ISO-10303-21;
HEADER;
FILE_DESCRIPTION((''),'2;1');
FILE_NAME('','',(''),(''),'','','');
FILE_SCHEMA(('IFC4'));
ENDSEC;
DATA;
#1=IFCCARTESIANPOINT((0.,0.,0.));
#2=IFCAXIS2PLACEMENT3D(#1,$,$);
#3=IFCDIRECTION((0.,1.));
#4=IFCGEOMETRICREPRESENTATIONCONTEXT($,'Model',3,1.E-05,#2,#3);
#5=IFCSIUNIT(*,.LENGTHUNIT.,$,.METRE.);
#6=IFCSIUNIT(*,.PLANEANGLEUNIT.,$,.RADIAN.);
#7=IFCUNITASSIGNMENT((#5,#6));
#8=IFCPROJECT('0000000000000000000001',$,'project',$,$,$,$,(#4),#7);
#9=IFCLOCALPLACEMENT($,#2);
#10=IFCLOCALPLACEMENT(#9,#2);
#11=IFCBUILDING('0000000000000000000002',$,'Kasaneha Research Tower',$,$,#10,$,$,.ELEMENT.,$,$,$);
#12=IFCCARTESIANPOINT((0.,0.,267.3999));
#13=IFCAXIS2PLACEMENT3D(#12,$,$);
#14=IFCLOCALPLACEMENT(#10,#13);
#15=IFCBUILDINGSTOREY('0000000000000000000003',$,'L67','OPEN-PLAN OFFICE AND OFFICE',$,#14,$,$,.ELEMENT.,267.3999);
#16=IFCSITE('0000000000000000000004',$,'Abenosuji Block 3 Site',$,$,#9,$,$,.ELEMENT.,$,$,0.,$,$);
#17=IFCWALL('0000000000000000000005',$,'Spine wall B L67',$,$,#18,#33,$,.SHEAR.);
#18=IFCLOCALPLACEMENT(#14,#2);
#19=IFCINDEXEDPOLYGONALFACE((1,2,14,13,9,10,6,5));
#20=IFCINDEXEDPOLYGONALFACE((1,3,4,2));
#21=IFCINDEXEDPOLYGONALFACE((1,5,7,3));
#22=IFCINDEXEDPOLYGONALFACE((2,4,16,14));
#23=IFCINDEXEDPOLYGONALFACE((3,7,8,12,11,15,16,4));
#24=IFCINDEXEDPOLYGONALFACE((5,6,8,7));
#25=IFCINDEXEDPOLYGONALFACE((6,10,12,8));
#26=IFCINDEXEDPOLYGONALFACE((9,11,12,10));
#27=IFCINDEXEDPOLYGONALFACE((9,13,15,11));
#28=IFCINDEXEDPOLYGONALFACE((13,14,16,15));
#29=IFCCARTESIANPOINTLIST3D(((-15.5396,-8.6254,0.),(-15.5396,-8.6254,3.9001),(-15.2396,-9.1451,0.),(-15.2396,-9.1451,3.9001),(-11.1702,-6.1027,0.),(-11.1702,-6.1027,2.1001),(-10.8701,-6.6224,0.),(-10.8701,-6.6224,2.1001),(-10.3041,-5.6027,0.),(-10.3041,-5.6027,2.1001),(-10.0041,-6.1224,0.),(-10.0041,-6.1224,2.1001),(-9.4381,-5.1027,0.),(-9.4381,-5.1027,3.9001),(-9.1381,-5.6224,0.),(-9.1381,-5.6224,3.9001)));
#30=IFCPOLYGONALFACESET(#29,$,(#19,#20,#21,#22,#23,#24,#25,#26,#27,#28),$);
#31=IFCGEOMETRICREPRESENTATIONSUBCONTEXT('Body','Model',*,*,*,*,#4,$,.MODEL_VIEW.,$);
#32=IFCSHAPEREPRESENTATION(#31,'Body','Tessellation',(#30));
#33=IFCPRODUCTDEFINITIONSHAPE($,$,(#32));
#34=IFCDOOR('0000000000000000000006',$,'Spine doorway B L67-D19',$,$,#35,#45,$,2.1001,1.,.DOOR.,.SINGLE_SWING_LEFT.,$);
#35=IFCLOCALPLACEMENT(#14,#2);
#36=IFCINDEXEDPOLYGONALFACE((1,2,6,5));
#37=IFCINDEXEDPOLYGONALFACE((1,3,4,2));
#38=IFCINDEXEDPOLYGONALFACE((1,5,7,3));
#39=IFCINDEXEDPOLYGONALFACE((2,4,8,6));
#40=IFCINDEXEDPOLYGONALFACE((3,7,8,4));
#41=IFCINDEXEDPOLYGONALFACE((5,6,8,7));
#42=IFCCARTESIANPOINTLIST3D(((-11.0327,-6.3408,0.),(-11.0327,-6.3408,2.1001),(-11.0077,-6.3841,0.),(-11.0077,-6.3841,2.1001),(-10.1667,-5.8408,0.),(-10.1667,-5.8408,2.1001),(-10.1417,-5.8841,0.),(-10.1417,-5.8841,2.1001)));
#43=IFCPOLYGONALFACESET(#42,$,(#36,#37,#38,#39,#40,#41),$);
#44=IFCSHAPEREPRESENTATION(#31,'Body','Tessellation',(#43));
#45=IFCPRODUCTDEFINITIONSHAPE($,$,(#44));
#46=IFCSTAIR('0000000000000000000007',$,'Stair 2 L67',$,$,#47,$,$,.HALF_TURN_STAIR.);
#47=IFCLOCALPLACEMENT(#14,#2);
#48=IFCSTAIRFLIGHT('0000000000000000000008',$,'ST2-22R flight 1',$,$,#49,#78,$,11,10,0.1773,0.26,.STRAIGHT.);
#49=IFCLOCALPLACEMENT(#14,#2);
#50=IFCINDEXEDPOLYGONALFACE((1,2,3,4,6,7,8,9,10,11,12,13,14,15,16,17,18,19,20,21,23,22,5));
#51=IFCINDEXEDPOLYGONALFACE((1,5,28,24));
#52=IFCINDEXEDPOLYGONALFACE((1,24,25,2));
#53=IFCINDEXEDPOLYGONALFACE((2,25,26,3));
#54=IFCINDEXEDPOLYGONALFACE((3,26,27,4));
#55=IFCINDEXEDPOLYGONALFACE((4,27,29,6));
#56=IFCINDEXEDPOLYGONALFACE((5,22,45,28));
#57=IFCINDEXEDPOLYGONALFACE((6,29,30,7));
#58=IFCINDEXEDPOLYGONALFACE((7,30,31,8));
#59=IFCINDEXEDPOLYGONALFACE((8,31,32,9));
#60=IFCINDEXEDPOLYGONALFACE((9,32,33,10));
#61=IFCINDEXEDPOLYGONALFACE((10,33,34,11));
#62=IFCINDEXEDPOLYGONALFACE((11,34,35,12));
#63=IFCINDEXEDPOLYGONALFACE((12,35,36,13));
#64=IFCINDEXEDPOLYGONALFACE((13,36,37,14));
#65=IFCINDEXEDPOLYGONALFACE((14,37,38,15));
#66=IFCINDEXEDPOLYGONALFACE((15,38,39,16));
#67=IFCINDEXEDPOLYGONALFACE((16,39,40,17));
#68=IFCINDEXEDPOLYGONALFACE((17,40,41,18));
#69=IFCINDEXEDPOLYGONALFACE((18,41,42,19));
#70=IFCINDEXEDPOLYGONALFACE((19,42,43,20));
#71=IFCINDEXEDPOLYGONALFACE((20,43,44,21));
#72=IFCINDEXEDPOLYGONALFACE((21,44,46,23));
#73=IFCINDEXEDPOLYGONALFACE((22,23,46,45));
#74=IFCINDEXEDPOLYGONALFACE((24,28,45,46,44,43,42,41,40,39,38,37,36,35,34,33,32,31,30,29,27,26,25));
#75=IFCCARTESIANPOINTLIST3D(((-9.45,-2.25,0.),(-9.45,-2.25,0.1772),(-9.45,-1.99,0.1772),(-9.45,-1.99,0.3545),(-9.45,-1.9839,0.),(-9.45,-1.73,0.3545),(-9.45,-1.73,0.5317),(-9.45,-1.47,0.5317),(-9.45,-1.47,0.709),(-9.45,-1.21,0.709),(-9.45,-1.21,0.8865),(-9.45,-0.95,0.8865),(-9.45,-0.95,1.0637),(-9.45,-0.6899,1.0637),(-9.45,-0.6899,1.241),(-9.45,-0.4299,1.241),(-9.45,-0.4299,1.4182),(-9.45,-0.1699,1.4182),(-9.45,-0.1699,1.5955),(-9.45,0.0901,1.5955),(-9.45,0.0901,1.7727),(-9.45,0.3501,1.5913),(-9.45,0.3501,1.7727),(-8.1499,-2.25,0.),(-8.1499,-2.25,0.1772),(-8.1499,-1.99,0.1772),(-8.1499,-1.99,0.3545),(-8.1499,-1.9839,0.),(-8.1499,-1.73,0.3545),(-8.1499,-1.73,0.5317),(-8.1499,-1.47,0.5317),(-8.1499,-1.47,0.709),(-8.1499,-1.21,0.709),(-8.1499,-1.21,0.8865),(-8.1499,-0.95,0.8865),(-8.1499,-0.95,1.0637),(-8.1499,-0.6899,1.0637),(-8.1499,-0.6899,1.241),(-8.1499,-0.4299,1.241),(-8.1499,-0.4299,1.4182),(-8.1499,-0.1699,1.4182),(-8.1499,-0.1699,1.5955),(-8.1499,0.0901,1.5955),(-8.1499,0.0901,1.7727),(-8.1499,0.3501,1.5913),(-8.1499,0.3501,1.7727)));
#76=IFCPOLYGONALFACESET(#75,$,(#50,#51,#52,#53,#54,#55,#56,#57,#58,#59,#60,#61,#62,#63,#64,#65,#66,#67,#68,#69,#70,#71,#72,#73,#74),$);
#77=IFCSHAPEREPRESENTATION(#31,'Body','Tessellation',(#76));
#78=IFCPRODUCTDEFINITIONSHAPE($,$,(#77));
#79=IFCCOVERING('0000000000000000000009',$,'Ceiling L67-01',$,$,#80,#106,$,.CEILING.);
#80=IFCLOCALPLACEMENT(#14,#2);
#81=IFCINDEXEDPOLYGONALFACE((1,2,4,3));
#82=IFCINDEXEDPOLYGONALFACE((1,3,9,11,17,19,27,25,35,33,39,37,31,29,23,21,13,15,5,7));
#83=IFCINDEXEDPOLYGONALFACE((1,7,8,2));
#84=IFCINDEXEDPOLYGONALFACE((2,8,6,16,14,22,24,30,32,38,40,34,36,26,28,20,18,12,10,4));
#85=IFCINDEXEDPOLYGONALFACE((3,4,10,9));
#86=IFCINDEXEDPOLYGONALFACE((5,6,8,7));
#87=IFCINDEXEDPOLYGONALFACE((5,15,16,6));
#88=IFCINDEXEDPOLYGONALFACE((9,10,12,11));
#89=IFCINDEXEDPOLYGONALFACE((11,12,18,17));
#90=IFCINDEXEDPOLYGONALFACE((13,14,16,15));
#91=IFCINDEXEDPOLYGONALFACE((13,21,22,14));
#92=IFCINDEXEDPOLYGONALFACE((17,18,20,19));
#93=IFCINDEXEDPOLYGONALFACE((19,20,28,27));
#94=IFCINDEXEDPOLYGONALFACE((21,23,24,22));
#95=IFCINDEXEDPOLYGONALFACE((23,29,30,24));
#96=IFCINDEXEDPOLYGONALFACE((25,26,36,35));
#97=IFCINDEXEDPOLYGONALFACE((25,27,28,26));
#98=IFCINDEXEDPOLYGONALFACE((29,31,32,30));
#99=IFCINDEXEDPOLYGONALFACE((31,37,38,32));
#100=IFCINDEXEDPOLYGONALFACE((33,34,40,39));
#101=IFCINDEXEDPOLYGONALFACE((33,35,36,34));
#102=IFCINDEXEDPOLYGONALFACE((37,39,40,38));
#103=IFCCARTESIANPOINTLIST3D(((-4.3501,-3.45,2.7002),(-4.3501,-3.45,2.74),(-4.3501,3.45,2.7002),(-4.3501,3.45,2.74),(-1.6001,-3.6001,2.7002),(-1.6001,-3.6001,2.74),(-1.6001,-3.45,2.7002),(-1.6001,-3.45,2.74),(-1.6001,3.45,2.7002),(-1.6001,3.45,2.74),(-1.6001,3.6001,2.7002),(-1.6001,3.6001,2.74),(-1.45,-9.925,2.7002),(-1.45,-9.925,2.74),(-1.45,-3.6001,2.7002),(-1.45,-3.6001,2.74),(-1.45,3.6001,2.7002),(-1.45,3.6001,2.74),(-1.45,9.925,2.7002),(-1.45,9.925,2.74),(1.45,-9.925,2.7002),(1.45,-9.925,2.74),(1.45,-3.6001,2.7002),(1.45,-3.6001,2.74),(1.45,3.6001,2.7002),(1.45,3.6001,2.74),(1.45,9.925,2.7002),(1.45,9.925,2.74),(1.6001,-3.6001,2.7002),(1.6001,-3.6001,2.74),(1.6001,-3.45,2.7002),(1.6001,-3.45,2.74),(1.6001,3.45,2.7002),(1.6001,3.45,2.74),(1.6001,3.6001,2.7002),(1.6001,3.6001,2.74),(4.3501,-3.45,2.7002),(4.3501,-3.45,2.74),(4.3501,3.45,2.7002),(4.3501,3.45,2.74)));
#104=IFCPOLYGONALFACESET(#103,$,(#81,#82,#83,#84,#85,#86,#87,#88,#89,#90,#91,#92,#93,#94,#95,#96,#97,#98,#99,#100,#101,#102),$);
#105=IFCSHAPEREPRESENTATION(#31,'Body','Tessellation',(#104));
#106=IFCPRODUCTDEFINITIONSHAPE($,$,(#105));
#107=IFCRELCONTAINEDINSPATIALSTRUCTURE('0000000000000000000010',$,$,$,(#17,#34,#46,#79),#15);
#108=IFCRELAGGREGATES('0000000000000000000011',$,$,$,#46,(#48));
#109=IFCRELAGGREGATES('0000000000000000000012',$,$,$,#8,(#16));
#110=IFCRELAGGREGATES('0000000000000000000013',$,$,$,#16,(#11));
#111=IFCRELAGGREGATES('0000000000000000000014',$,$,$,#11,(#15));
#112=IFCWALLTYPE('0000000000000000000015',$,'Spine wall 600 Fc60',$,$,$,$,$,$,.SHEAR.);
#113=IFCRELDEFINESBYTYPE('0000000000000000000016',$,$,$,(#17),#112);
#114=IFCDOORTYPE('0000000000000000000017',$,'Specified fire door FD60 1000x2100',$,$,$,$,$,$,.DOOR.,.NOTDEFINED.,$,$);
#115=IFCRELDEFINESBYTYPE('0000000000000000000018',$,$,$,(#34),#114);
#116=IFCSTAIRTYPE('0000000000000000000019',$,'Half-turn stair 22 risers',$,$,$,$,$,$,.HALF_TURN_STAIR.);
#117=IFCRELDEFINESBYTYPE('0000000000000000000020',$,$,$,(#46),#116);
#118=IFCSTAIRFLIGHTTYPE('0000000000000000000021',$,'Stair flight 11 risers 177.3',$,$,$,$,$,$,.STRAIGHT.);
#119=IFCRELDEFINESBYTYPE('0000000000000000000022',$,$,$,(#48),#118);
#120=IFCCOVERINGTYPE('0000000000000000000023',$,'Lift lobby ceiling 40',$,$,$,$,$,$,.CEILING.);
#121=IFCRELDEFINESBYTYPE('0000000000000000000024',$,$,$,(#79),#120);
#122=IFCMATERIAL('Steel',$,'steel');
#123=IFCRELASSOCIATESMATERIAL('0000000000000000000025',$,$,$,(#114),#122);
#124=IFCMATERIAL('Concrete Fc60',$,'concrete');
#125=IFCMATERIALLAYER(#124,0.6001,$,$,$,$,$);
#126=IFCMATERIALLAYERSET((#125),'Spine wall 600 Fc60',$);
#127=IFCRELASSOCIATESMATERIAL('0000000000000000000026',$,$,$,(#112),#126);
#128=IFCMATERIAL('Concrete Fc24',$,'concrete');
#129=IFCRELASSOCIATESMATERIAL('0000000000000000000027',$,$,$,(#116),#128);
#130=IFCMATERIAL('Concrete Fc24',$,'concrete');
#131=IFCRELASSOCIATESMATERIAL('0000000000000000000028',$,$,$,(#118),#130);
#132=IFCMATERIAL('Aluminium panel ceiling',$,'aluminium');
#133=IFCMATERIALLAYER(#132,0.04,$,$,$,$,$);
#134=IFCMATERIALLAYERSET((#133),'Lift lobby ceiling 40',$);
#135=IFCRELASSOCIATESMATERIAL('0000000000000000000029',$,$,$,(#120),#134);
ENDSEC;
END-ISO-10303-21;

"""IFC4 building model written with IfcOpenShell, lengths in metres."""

from ifc_helpers import new_model, si_unit, direction, frame, frame_2d, origin, place, context, subcontext, project, spatial, polyline, rectangle, outline, extrude, material, layer, layer_set, type_object, element, fill, aggregate, save


model = new_model("IFC4")

# Units and contexts
model_context = context("Model", 3, precision=1e-05, world=origin(), true_north=direction((0.0, 1.0)))
body_context = subcontext(model_context, "Body", "Model", "MODEL_VIEW")
ifc_project = project(units=[si_unit("LENGTHUNIT", "METRE"), si_unit("PLANEANGLEUNIT", "RADIAN")], contexts=[model_context])

# Site, building, storey
site_placement = place(None, origin())
site = spatial("IfcSite", under=ifc_project, at=site_placement, Name="Abenosuji Block 3 Site", CompositionType="ELEMENT", RefElevation=0.0)
building_placement = place(site_placement, origin())
building = spatial("IfcBuilding", under=site, at=building_placement, Name="Kasaneha Research Tower", CompositionType="ELEMENT")
storey_placement = place(building_placement, frame((0.0, 0.0, 267.3999)))
storey = spatial("IfcBuildingStorey", under=building, at=storey_placement, Name="L67", Description="OPEN-PLAN OFFICE AND OFFICE", CompositionType="ELEMENT", Elevation=267.3999)

# Shared definitions
ifc_material_1 = material(Name="Steel", Category="steel")
door_type_1 = type_object("IfcDoorType", Name="Specified fire door FD60 1000x2100", OperationType="NOTDEFINED", PredefinedType="DOOR", material=ifc_material_1)

# Wall, opening, door
ifc_material_2 = material(Name="Concrete Fc60", Category="concrete")
ifc_layer_1 = layer(ifc_material_2, 0.6001)
ifc_layer_set_1 = layer_set([ifc_layer_1], Name="Spine wall 600 Fc60")
wall_type_1 = type_object("IfcWallType", Name="Spine wall 600 Fc60", PredefinedType="SHEAR", material=ifc_layer_set_1)
wall_1_placement = place(storey_placement, frame((-9.2881, -5.3625, 0.0), z_axis=(0.0, 0.0, 1.0), x_axis=(-0.866027, -0.499996, 0.0)))
wall_1 = element("IfcWall", 1, at=wall_1_placement, inside=storey, type_object=wall_type_1, Name="Spine wall B L67", PredefinedType="SHEAR", context=body_context, shape_type="SweptSolid", body=[
    extrude(rectangle(XDim=7.0454, YDim=0.6001, at=frame_2d((3.5227, 0.0))), origin(), (0.0, 0.0, 1.0), 3.9001),
])
opening_1_placement = place(wall_1_placement, frame((1.0, 0.0, 0.0)))
opening_1 = element("IfcOpeningElement", 2, at=opening_1_placement, cuts=wall_1, PredefinedType="OPENING", context=body_context, shape_type="SweptSolid", body=[
    extrude(rectangle(XDim=1.0, YDim=2.1001, at=frame_2d((0.5, 1.05))), frame((0.0, 0.3101, 0.0), z_axis=(0.0, -1.0, 0.0), x_axis=(1.0, 0.0, 0.0)), (0.0, 0.0, 1.0), 0.6201),
])
door_1_placement = place(opening_1_placement, origin())
door_1 = element("IfcDoor", 3, at=door_1_placement, inside=storey, type_object=door_type_1, Name="Spine doorway B L67-D19", OperationType="SINGLE_SWING_LEFT", OverallHeight=2.1001, OverallWidth=1.0, PredefinedType="DOOR", context=body_context, shape_type="SweptSolid", body=[
    extrude(rectangle(XDim=1.0, YDim=2.1001, at=frame_2d((0.5, 1.05))), frame((0.0, 0.0249, 0.0), z_axis=(0.0, -1.0, 0.0), x_axis=(1.0, 0.0, 0.0)), (0.0, 0.0, 1.0), 0.05),
])
fill(opening_1, door_1)

# Stair, stair flight
ifc_material_3 = material(Name="Concrete Fc24", Category="concrete")
stair_type = type_object("IfcStairType", Name="Half-turn stair 22 risers", PredefinedType="HALF_TURN_STAIR", material=ifc_material_3)
stair_placement = place(storey_placement, origin())
stair = element("IfcStair", 4, at=stair_placement, inside=storey, type_object=stair_type, Name="Stair 2 L67", PredefinedType="HALF_TURN_STAIR")
ifc_material_4 = material(Name="Concrete Fc24", Category="concrete")
stair_flight_type = type_object("IfcStairFlightType", Name="Stair flight 11 risers 177.3", PredefinedType="STRAIGHT", material=ifc_material_4)
stair_flight_placement = place(storey_placement, frame((-8.8, -2.25, 0.0), z_axis=(0.0, 0.0, 1.0), x_axis=(0.0, 1.0, 0.0)))
stair_flight = element("IfcStairFlight", 5, at=stair_flight_placement, type_object=stair_flight_type, Name="ST2-22R flight 1", NumberOfRisers=11, NumberOfTreads=10, PredefinedType="STRAIGHT", RiserHeight=0.1773, TreadLength=0.26, context=body_context, shape_type="SweptSolid", body=[
    extrude(outline(polyline([(0.0, 0.0), (0.0, 0.1772), (0.26, 0.1772), (0.26, 0.3545), (0.52, 0.3545), (0.52, 0.5317), (0.78, 0.5317), (0.78, 0.709), (1.04, 0.709), (1.04, 0.8865), (1.3, 0.8865), (1.3, 1.0637), (1.5601, 1.0637), (1.5601, 1.241), (1.8201, 1.241), (1.8201, 1.4182), (2.0801, 1.4182), (2.0801, 1.5955), (2.3401, 1.5955), (2.3401, 1.7727), (2.6001, 1.7727), (2.6001, 1.95), (2.6001, 1.5913), (0.2661, 0.0), (0.0, 0.0)])), frame((0.0, 0.6499, 0.0), z_axis=(0.0, -1.0, 0.0), x_axis=(1.0, 0.0, 0.0)), (0.0, 0.0, 1.0), 1.3),
])
aggregate(stair, [stair_flight])

# Covering
ifc_material_5 = material(Name="Aluminium panel ceiling", Category="aluminium")
ifc_layer_2 = layer(ifc_material_5, 0.04)
ifc_layer_set_2 = layer_set([ifc_layer_2], Name="Lift lobby ceiling 40")
covering_type_1 = type_object("IfcCoveringType", Name="Lift lobby ceiling 40", PredefinedType="CEILING", material=ifc_layer_set_2)
covering_1_placement = place(storey_placement, frame((0.0, 0.0, 2.7002)))
element("IfcCovering", 6, at=covering_1_placement, inside=storey, type_object=covering_type_1, Name="Ceiling L67-01", PredefinedType="CEILING", context=body_context, shape_type="SweptSolid", body=[
    extrude(outline(polyline([(1.45, 9.925), (1.45, 3.6001), (1.6001, 3.6001), (1.6001, 3.45), (4.3501, 3.45), (4.3501, -3.45), (1.6001, -3.45), (1.6001, -3.6001), (1.45, -3.6001), (1.45, -9.925), (-1.45, -9.925), (-1.45, -3.6001), (-1.6001, -3.6001), (-1.6001, -3.45), (-4.3501, -3.45), (-4.3501, 3.45), (-1.6001, 3.45), (-1.6001, 3.6001), (-1.45, 3.6001), (-1.45, 9.925), (1.45, 9.925)])), origin(), (0.0, 0.0, 1.0), 0.0398),
])

save(model, "model.ifc")
